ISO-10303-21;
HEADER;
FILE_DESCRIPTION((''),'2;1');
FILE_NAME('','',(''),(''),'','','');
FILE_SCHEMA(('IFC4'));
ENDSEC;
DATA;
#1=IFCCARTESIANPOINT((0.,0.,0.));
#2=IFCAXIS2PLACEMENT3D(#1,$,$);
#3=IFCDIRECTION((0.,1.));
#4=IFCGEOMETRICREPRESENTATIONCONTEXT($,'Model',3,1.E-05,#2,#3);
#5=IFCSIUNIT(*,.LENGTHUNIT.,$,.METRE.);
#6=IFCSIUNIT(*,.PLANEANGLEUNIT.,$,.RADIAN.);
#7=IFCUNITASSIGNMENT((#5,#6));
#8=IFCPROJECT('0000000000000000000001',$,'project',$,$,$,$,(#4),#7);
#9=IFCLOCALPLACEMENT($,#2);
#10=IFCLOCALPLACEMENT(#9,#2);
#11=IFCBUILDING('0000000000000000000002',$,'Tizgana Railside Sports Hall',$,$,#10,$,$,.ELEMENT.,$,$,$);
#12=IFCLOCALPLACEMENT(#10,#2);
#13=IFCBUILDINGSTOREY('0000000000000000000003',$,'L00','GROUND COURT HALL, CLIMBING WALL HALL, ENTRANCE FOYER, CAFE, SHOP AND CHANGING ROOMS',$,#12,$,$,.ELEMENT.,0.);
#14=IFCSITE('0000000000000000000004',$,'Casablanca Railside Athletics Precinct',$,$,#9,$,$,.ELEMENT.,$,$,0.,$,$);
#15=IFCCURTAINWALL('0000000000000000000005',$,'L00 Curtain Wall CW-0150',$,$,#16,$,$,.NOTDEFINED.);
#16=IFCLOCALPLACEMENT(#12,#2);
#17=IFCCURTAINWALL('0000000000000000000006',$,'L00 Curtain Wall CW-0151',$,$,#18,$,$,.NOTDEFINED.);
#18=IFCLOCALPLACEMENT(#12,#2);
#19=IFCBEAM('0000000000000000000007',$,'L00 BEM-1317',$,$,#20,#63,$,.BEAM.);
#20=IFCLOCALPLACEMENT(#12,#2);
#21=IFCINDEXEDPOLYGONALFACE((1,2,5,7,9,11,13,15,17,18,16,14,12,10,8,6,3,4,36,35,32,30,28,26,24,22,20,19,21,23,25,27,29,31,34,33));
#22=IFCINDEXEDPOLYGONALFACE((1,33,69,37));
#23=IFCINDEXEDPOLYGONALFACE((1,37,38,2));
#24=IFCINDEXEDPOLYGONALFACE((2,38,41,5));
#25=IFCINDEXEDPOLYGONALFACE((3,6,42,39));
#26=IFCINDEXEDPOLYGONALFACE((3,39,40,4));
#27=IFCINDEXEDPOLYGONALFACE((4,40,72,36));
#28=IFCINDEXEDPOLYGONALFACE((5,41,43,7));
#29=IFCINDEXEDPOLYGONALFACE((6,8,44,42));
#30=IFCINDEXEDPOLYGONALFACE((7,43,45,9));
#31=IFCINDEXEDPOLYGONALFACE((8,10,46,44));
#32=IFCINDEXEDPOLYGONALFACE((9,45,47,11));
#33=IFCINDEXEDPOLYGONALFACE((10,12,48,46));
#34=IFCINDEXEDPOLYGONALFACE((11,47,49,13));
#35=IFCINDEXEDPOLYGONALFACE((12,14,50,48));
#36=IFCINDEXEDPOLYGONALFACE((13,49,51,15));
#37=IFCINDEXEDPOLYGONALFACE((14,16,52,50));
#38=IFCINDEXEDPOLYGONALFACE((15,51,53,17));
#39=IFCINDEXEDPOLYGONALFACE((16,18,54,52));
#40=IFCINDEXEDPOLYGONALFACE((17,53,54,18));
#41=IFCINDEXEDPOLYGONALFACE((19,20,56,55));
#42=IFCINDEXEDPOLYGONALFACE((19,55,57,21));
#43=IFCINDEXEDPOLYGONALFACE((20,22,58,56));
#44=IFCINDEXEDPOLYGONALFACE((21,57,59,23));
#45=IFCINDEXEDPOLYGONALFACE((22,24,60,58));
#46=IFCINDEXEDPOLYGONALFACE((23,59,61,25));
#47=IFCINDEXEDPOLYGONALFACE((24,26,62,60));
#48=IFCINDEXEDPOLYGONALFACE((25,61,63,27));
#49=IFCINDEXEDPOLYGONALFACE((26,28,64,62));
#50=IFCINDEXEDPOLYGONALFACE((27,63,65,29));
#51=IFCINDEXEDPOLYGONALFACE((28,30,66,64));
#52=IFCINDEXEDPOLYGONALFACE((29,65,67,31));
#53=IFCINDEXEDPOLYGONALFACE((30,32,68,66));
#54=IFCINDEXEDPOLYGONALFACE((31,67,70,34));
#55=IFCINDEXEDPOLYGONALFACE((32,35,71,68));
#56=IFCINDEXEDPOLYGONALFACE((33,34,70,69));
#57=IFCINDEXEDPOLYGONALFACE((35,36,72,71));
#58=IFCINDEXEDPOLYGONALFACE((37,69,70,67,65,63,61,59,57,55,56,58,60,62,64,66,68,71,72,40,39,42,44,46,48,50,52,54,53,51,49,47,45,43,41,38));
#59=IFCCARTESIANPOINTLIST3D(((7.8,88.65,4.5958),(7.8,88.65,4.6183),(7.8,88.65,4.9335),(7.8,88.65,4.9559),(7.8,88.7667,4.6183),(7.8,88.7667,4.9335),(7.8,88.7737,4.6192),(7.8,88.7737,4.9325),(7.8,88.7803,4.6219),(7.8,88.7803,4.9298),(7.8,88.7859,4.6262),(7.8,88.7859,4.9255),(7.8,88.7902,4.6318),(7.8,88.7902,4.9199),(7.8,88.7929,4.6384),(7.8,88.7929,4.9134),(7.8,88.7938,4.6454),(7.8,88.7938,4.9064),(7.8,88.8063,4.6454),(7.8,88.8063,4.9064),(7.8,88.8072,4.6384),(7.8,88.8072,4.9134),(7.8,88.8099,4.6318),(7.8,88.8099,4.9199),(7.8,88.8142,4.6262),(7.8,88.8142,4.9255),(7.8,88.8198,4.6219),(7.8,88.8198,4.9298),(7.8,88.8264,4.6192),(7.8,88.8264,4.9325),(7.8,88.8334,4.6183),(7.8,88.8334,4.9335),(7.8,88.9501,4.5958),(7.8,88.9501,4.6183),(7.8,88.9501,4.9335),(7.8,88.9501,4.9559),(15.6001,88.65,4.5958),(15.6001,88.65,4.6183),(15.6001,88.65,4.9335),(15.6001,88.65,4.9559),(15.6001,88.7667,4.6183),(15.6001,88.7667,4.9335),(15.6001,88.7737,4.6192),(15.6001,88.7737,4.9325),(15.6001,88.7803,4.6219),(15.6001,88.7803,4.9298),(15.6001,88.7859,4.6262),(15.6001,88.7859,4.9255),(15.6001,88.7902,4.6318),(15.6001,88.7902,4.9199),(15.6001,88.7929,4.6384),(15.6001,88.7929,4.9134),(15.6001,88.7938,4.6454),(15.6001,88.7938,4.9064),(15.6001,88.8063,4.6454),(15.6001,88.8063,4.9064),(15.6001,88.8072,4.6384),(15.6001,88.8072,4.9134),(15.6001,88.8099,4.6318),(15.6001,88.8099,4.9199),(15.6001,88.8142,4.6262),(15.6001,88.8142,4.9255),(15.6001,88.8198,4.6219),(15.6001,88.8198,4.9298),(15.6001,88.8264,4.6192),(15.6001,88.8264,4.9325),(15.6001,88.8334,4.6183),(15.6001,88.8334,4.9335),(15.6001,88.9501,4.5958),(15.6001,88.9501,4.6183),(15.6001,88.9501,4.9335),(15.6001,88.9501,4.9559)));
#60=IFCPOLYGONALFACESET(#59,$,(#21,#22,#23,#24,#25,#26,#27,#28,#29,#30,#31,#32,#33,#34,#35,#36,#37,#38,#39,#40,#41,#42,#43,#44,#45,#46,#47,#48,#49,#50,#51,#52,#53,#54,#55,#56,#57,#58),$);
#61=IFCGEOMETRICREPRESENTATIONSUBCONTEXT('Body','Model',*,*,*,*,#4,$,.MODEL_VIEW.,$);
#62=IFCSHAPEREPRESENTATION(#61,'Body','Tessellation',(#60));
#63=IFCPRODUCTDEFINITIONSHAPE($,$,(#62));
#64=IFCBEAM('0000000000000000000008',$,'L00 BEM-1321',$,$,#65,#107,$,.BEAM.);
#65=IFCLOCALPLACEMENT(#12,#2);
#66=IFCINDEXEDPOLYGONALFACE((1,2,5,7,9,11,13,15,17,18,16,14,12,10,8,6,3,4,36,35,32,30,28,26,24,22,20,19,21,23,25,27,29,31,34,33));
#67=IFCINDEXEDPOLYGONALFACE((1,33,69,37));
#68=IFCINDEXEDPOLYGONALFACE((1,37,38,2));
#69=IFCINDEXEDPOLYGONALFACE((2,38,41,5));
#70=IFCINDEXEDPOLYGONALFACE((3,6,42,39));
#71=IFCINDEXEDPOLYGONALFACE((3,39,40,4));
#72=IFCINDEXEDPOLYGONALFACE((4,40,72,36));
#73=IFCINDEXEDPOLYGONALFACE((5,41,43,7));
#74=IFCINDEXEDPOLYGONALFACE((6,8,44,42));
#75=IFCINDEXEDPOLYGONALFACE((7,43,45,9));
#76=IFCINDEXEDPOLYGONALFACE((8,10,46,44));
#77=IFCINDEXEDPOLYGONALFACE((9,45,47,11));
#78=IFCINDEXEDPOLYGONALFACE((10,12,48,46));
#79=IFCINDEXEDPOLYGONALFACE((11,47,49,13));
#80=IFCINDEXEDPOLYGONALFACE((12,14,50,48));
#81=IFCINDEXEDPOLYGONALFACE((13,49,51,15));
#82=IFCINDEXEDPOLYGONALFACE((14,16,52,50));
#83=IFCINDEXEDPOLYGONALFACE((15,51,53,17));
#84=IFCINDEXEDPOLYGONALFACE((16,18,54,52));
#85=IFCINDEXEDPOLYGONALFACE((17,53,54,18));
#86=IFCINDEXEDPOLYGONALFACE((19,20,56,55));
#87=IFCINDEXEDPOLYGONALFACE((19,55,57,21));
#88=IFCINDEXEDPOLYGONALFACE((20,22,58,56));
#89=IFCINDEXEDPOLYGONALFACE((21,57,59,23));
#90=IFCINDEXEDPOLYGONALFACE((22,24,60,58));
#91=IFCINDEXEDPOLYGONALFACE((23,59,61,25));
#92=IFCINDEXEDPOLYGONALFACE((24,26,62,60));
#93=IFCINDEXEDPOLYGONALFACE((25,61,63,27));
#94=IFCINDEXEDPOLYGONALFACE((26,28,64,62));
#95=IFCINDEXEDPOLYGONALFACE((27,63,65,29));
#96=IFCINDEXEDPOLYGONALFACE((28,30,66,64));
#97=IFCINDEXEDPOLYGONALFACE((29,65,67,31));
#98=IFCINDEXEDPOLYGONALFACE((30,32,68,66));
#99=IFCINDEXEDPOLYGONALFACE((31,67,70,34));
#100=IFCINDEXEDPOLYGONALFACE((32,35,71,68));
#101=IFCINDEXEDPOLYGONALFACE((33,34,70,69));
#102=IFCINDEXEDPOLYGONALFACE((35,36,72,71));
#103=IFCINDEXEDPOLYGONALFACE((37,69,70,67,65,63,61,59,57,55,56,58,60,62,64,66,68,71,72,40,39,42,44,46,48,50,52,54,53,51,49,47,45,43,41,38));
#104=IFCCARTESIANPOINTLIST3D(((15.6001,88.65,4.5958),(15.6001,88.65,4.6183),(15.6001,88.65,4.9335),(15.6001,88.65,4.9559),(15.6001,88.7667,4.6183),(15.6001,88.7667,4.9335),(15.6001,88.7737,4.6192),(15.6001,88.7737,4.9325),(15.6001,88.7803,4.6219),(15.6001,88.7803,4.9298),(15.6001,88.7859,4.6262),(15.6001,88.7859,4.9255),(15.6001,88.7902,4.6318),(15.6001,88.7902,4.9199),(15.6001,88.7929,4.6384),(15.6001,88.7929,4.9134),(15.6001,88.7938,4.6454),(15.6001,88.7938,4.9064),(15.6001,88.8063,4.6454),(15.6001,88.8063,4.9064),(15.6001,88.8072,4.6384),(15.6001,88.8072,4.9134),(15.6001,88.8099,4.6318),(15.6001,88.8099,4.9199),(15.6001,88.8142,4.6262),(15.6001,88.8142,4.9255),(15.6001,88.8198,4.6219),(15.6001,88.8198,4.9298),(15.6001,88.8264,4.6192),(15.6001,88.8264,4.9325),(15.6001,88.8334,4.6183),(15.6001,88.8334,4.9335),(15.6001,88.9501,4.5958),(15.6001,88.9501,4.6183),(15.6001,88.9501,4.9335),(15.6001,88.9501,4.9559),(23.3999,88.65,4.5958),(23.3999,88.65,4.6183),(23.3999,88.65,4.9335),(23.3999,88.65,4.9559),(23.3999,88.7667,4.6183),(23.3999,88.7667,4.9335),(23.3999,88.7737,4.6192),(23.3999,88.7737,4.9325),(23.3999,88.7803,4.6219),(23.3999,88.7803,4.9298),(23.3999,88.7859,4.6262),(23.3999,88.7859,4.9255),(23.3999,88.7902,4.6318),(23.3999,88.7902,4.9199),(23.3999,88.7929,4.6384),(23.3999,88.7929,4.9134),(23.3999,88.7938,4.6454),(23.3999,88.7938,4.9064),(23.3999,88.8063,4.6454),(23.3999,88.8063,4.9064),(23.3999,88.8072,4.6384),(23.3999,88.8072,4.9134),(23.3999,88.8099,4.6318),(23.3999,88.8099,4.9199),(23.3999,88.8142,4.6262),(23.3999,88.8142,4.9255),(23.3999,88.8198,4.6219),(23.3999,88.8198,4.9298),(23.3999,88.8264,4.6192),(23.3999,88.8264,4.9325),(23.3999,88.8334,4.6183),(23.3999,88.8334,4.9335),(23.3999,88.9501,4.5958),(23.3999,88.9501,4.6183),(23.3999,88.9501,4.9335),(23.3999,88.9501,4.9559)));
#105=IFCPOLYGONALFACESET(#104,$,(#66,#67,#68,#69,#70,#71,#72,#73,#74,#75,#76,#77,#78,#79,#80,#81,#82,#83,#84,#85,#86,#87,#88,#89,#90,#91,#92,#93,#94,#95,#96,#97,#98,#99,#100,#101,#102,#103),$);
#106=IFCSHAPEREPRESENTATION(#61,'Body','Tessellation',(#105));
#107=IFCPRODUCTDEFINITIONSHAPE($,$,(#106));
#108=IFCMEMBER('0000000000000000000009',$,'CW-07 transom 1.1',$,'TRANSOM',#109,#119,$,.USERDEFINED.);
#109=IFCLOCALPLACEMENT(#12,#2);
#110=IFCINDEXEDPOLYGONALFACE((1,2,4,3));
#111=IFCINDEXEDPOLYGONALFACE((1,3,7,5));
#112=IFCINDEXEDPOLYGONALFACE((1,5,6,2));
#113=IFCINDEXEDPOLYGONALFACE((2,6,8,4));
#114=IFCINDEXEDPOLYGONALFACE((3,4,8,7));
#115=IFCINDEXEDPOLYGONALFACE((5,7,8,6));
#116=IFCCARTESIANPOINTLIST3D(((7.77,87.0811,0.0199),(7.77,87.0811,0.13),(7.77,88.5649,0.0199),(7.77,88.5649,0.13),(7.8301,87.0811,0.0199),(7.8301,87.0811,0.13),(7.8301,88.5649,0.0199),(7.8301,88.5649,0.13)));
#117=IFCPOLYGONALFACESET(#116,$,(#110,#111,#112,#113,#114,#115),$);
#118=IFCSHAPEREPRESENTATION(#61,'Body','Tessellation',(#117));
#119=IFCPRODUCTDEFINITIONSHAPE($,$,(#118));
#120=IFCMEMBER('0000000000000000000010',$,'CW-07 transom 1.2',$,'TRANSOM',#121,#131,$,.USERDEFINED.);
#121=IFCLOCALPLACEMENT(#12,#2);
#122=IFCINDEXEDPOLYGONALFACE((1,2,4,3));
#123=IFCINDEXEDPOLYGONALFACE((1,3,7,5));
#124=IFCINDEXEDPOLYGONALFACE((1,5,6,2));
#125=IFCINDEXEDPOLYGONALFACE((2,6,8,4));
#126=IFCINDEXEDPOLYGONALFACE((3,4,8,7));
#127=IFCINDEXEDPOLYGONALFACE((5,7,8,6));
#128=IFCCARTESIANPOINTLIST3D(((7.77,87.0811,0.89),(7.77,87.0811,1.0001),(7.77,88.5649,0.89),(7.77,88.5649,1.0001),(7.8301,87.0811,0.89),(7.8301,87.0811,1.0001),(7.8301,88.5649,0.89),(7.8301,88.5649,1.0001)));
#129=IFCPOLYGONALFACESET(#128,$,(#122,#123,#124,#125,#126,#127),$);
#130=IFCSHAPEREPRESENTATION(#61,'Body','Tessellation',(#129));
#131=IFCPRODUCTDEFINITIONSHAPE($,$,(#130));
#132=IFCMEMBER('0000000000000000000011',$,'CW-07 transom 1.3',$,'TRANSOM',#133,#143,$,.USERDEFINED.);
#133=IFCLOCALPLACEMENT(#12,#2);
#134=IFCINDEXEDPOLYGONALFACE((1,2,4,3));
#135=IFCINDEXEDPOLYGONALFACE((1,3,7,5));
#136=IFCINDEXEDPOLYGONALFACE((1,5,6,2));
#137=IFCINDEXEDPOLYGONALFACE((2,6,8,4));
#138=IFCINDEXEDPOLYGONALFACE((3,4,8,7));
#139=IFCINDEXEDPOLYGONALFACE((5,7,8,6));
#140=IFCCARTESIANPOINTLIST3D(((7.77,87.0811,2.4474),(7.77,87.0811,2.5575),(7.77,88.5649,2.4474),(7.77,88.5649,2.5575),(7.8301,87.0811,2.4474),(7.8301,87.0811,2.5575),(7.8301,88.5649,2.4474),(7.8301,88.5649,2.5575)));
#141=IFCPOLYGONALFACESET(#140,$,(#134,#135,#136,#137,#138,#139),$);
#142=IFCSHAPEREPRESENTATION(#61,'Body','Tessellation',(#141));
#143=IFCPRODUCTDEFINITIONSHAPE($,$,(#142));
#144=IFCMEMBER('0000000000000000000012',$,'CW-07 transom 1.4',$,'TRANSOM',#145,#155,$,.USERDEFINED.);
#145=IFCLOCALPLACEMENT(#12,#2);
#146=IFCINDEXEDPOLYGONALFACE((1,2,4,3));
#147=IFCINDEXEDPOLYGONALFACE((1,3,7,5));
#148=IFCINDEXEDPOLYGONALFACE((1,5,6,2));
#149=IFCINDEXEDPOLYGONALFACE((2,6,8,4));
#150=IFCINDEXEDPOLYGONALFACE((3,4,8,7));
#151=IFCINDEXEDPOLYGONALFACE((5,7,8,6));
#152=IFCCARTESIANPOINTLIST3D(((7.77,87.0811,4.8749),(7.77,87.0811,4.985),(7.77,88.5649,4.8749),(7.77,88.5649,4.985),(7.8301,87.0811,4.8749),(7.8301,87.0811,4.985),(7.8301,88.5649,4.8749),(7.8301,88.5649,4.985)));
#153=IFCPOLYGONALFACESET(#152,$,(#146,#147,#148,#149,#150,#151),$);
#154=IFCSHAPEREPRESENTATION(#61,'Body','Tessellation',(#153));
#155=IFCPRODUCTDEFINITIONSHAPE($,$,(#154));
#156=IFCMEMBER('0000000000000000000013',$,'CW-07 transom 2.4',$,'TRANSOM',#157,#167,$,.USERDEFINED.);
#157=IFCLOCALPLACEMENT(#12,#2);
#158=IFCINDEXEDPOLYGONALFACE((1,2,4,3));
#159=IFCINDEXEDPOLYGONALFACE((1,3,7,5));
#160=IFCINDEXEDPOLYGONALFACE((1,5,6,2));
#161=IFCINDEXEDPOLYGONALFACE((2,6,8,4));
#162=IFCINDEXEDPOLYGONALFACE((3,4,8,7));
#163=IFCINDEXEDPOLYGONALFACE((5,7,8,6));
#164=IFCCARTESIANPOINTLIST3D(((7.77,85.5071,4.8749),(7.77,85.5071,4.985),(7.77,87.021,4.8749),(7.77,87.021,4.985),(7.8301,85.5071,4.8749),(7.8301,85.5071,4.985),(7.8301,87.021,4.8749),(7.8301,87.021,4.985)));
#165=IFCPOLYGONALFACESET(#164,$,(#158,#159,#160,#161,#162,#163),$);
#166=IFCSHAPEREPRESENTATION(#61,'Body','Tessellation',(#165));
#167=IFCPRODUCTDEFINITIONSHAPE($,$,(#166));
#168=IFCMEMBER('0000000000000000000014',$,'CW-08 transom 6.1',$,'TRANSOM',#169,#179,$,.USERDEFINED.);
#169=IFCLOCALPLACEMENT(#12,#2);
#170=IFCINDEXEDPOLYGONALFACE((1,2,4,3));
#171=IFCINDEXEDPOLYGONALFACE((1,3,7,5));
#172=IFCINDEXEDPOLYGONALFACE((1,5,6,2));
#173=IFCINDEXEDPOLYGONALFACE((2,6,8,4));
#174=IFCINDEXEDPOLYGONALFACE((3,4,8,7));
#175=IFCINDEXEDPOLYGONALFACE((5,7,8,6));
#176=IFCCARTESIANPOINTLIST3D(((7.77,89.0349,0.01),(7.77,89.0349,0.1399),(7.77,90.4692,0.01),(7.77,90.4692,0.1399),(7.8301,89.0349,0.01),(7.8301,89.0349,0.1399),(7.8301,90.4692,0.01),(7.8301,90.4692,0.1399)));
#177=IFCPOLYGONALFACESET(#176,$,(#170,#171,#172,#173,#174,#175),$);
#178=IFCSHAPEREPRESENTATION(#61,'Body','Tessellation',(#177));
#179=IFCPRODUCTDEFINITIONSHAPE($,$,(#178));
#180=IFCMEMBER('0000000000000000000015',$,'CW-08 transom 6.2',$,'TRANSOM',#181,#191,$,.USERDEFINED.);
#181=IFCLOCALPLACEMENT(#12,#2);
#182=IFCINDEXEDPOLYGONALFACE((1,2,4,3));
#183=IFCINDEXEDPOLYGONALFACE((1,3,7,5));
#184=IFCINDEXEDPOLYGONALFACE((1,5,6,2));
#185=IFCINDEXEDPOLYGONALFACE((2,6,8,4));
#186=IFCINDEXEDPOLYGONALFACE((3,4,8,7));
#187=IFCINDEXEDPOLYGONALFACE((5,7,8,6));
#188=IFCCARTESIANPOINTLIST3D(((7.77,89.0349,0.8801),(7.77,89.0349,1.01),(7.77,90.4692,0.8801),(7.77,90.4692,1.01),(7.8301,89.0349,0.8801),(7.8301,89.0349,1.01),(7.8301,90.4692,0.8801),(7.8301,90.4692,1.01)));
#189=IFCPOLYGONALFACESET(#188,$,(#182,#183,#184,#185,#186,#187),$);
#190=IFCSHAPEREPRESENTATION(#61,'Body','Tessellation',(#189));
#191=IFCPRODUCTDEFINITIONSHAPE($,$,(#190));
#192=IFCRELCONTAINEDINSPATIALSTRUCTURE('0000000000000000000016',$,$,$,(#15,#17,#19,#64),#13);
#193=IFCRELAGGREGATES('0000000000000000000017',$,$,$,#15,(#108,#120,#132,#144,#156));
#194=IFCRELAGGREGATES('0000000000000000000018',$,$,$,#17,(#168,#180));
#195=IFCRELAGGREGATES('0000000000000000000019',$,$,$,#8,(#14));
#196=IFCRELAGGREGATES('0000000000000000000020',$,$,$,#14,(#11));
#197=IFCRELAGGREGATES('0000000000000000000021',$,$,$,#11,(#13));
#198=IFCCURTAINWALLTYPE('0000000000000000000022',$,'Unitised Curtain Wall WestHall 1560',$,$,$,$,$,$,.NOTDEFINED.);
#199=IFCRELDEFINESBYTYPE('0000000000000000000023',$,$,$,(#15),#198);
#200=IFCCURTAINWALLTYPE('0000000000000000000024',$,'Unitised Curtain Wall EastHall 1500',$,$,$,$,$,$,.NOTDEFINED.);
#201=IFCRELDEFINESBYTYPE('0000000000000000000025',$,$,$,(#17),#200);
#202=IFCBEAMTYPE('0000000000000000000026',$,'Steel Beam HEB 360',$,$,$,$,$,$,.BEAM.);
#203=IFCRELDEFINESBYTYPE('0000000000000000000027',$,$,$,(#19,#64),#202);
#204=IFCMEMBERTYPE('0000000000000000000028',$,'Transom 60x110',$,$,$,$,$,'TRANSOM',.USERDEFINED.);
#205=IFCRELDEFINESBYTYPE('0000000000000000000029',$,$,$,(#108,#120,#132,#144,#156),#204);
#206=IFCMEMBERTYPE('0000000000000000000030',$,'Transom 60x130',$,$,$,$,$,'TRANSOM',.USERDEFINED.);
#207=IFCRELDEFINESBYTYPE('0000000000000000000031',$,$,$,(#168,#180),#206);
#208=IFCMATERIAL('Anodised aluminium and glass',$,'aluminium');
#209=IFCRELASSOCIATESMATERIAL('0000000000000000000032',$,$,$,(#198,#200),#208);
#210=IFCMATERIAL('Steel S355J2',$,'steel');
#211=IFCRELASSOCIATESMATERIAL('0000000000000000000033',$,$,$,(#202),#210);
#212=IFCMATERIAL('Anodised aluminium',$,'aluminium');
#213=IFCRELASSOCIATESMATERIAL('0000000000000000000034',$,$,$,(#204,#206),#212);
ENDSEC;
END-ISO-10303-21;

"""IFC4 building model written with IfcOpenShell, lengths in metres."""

from ifc_helpers import new_model, si_unit, direction, frame, origin, origin_2d, place, context, subcontext, project, spatial, rectangle, i_section, extrude, material, material_profile, profile_set, type_object, element, aggregate, save


model = new_model("IFC4")

# Units and contexts
model_context = context("Model", 3, precision=1e-05, world=origin(), true_north=direction((0.0, 1.0)))
body_context = subcontext(model_context, "Body", "Model", "MODEL_VIEW")
ifc_project = project(units=[si_unit("LENGTHUNIT", "METRE"), si_unit("PLANEANGLEUNIT", "RADIAN")], contexts=[model_context])

# Site, building, storey
site_placement = place(None, origin())
site = spatial("IfcSite", under=ifc_project, at=site_placement, Name="Casablanca Railside Athletics Precinct", CompositionType="ELEMENT", RefElevation=0.0)
building_placement = place(site_placement, origin())
building = spatial("IfcBuilding", under=site, at=building_placement, Name="Tizgana Railside Sports Hall", CompositionType="ELEMENT")
storey_placement = place(building_placement, origin())
storey = spatial("IfcBuildingStorey", under=building, at=storey_placement, Name="L00", Description="GROUND COURT HALL, CLIMBING WALL HALL, ENTRANCE FOYER, CAFE, SHOP AND CHANGING ROOMS", CompositionType="ELEMENT", Elevation=0.0)

# Shared definitions
ifc_material_1 = material(Name="Steel S355J2", Category="steel")

# Curtain walls
ifc_material_2 = material(Name="Anodised aluminium and glass", Category="aluminium")
curtain_wall_type_1 = type_object("IfcCurtainWallType", Name="Unitised Curtain Wall WestHall 1560", PredefinedType="NOTDEFINED", material=ifc_material_2)
curtain_wall_1_placement = place(storey_placement, origin())
curtain_wall_1 = element("IfcCurtainWall", 1, at=curtain_wall_1_placement, inside=storey, type_object=curtain_wall_type_1, Name="L00 Curtain Wall CW-0150", PredefinedType="NOTDEFINED")
ifc_material_3 = material(Name="Anodised aluminium", Category="aluminium")
curtain_wall_type_2 = type_object("IfcCurtainWallType", Name="Unitised Curtain Wall EastHall 1500", PredefinedType="NOTDEFINED", material=ifc_material_2)
curtain_wall_2_placement = place(storey_placement, origin())
curtain_wall_2 = element("IfcCurtainWall", 2, at=curtain_wall_2_placement, inside=storey, type_object=curtain_wall_type_2, Name="L00 Curtain Wall CW-0151", PredefinedType="NOTDEFINED")

# Beams
ifc_material_profile_1 = material_profile(ifc_material_1, i_section(OverallWidth=0.3, OverallDepth=0.3601, WebThickness=0.0125, FlangeThickness=0.0225, FilletRadius=0.0271, at=origin_2d()), Name="HEB 360")
ifc_profile_set_1 = profile_set([ifc_material_profile_1], Name="Steel S355J2")
beam_type_1 = type_object("IfcBeamType", Name="Steel Beam HEB 360", PredefinedType="BEAM", material=ifc_profile_set_1)
beam_1_placement = place(storey_placement, frame((7.8, 88.8, 4.7759), z_axis=(1.0, 0.0, 0.0), x_axis=(0.0, 1.0, 0.0)))
element("IfcBeam", 3, at=beam_1_placement, inside=storey, type_object=beam_type_1, Name="L00 BEM-1317", PredefinedType="BEAM", context=body_context, shape_type="SweptSolid", body=[
    extrude(i_section(OverallWidth=0.3, OverallDepth=0.3601, WebThickness=0.0125, FlangeThickness=0.0225, FilletRadius=0.0271, at=origin_2d()), origin(), (0.0, 0.0, 1.0), 7.8),
])
beam_2_placement = place(storey_placement, frame((15.6001, 88.8, 4.7759), z_axis=(1.0, 0.0, 0.0), x_axis=(0.0, 1.0, 0.0)))
element("IfcBeam", 4, at=beam_2_placement, inside=storey, type_object=beam_type_1, Name="L00 BEM-1321", PredefinedType="BEAM", context=body_context, shape_type="SweptSolid", body=[
    extrude(i_section(OverallWidth=0.3, OverallDepth=0.3601, WebThickness=0.0125, FlangeThickness=0.0225, FilletRadius=0.0271, at=origin_2d()), origin(), (0.0, 0.0, 1.0), 7.7998),
])

# Members
ifc_material_profile_2 = material_profile(ifc_material_3, rectangle(XDim=0.0601, YDim=0.1101, at=origin_2d()), Name="Transom 60x110")
ifc_profile_set_2 = profile_set([ifc_material_profile_2], Name="Anodised aluminium")
member_type_1 = type_object("IfcMemberType", Name="Transom 60x110", ElementType="TRANSOM", PredefinedType="USERDEFINED", material=ifc_profile_set_2)
member_1_placement = place(storey_placement, frame((7.8, 88.5649, 0.075), z_axis=(0.0, -1.0, 0.0), x_axis=(1.0, 0.0, 0.0)))
member_1 = element("IfcMember", 5, at=member_1_placement, type_object=member_type_1, Name="CW-07 transom 1.1", ObjectType="TRANSOM", PredefinedType="USERDEFINED", context=body_context, shape_type="SweptSolid", body=[
    extrude(rectangle(XDim=0.0601, YDim=0.1101, at=origin_2d()), origin(), (0.0, 0.0, 1.0), 1.4839),
])
member_2_placement = place(storey_placement, frame((7.8, 88.5649, 0.9451), z_axis=(0.0, -1.0, 0.0), x_axis=(1.0, 0.0, 0.0)))
member_2 = element("IfcMember", 6, at=member_2_placement, type_object=member_type_1, Name="CW-07 transom 1.2", ObjectType="TRANSOM", PredefinedType="USERDEFINED", context=body_context, shape_type="SweptSolid", body=[
    extrude(rectangle(XDim=0.0601, YDim=0.1101, at=origin_2d()), origin(), (0.0, 0.0, 1.0), 1.4839),
])
member_3_placement = place(storey_placement, frame((7.8, 88.5649, 2.5024), z_axis=(0.0, -1.0, 0.0), x_axis=(1.0, 0.0, 0.0)))
member_3 = element("IfcMember", 7, at=member_3_placement, type_object=member_type_1, Name="CW-07 transom 1.3", ObjectType="TRANSOM", PredefinedType="USERDEFINED", context=body_context, shape_type="SweptSolid", body=[
    extrude(rectangle(XDim=0.0601, YDim=0.1101, at=origin_2d()), origin(), (0.0, 0.0, 1.0), 1.4839),
])
member_4_placement = place(storey_placement, frame((7.8, 88.5649, 4.9299), z_axis=(0.0, -1.0, 0.0), x_axis=(1.0, 0.0, 0.0)))
member_4 = element("IfcMember", 8, at=member_4_placement, type_object=member_type_1, Name="CW-07 transom 1.4", ObjectType="TRANSOM", PredefinedType="USERDEFINED", context=body_context, shape_type="SweptSolid", body=[
    extrude(rectangle(XDim=0.0601, YDim=0.1101, at=origin_2d()), origin(), (0.0, 0.0, 1.0), 1.4839),
])
member_5_placement = place(storey_placement, frame((7.8, 87.021, 4.9299), z_axis=(0.0, -1.0, 0.0), x_axis=(1.0, 0.0, 0.0)))
member_5 = element("IfcMember", 9, at=member_5_placement, type_object=member_type_1, Name="CW-07 transom 2.4", ObjectType="TRANSOM", PredefinedType="USERDEFINED", context=body_context, shape_type="SweptSolid", body=[
    extrude(rectangle(XDim=0.0601, YDim=0.1101, at=origin_2d()), origin(), (0.0, 0.0, 1.0), 1.5139),
])
ifc_material_profile_3 = material_profile(ifc_material_3, rectangle(XDim=0.0601, YDim=0.1299, at=origin_2d()), Name="Transom 60x130")
ifc_profile_set_3 = profile_set([ifc_material_profile_3], Name="Anodised aluminium")
member_type_2 = type_object("IfcMemberType", Name="Transom 60x130", ElementType="TRANSOM", PredefinedType="USERDEFINED", material=ifc_profile_set_3)
member_6_placement = place(storey_placement, frame((7.8, 90.4692, 0.075), z_axis=(0.0, -1.0, 0.0), x_axis=(1.0, 0.0, 0.0)))
member_6 = element("IfcMember", 10, at=member_6_placement, type_object=member_type_2, Name="CW-08 transom 6.1", ObjectType="TRANSOM", PredefinedType="USERDEFINED", context=body_context, shape_type="SweptSolid", body=[
    extrude(rectangle(XDim=0.0601, YDim=0.1299, at=origin_2d()), origin(), (0.0, 0.0, 1.0), 1.4343),
])
member_7_placement = place(storey_placement, frame((7.8, 90.4692, 0.9451), z_axis=(0.0, -1.0, 0.0), x_axis=(1.0, 0.0, 0.0)))
member_7 = element("IfcMember", 11, at=member_7_placement, type_object=member_type_2, Name="CW-08 transom 6.2", ObjectType="TRANSOM", PredefinedType="USERDEFINED", context=body_context, shape_type="SweptSolid", body=[
    extrude(rectangle(XDim=0.0601, YDim=0.1299, at=origin_2d()), origin(), (0.0, 0.0, 1.0), 1.4343),
])

aggregate(curtain_wall_1, [member_1, member_2, member_3, member_4, member_5])
aggregate(curtain_wall_2, [member_6, member_7])

save(model, "model.ifc")
